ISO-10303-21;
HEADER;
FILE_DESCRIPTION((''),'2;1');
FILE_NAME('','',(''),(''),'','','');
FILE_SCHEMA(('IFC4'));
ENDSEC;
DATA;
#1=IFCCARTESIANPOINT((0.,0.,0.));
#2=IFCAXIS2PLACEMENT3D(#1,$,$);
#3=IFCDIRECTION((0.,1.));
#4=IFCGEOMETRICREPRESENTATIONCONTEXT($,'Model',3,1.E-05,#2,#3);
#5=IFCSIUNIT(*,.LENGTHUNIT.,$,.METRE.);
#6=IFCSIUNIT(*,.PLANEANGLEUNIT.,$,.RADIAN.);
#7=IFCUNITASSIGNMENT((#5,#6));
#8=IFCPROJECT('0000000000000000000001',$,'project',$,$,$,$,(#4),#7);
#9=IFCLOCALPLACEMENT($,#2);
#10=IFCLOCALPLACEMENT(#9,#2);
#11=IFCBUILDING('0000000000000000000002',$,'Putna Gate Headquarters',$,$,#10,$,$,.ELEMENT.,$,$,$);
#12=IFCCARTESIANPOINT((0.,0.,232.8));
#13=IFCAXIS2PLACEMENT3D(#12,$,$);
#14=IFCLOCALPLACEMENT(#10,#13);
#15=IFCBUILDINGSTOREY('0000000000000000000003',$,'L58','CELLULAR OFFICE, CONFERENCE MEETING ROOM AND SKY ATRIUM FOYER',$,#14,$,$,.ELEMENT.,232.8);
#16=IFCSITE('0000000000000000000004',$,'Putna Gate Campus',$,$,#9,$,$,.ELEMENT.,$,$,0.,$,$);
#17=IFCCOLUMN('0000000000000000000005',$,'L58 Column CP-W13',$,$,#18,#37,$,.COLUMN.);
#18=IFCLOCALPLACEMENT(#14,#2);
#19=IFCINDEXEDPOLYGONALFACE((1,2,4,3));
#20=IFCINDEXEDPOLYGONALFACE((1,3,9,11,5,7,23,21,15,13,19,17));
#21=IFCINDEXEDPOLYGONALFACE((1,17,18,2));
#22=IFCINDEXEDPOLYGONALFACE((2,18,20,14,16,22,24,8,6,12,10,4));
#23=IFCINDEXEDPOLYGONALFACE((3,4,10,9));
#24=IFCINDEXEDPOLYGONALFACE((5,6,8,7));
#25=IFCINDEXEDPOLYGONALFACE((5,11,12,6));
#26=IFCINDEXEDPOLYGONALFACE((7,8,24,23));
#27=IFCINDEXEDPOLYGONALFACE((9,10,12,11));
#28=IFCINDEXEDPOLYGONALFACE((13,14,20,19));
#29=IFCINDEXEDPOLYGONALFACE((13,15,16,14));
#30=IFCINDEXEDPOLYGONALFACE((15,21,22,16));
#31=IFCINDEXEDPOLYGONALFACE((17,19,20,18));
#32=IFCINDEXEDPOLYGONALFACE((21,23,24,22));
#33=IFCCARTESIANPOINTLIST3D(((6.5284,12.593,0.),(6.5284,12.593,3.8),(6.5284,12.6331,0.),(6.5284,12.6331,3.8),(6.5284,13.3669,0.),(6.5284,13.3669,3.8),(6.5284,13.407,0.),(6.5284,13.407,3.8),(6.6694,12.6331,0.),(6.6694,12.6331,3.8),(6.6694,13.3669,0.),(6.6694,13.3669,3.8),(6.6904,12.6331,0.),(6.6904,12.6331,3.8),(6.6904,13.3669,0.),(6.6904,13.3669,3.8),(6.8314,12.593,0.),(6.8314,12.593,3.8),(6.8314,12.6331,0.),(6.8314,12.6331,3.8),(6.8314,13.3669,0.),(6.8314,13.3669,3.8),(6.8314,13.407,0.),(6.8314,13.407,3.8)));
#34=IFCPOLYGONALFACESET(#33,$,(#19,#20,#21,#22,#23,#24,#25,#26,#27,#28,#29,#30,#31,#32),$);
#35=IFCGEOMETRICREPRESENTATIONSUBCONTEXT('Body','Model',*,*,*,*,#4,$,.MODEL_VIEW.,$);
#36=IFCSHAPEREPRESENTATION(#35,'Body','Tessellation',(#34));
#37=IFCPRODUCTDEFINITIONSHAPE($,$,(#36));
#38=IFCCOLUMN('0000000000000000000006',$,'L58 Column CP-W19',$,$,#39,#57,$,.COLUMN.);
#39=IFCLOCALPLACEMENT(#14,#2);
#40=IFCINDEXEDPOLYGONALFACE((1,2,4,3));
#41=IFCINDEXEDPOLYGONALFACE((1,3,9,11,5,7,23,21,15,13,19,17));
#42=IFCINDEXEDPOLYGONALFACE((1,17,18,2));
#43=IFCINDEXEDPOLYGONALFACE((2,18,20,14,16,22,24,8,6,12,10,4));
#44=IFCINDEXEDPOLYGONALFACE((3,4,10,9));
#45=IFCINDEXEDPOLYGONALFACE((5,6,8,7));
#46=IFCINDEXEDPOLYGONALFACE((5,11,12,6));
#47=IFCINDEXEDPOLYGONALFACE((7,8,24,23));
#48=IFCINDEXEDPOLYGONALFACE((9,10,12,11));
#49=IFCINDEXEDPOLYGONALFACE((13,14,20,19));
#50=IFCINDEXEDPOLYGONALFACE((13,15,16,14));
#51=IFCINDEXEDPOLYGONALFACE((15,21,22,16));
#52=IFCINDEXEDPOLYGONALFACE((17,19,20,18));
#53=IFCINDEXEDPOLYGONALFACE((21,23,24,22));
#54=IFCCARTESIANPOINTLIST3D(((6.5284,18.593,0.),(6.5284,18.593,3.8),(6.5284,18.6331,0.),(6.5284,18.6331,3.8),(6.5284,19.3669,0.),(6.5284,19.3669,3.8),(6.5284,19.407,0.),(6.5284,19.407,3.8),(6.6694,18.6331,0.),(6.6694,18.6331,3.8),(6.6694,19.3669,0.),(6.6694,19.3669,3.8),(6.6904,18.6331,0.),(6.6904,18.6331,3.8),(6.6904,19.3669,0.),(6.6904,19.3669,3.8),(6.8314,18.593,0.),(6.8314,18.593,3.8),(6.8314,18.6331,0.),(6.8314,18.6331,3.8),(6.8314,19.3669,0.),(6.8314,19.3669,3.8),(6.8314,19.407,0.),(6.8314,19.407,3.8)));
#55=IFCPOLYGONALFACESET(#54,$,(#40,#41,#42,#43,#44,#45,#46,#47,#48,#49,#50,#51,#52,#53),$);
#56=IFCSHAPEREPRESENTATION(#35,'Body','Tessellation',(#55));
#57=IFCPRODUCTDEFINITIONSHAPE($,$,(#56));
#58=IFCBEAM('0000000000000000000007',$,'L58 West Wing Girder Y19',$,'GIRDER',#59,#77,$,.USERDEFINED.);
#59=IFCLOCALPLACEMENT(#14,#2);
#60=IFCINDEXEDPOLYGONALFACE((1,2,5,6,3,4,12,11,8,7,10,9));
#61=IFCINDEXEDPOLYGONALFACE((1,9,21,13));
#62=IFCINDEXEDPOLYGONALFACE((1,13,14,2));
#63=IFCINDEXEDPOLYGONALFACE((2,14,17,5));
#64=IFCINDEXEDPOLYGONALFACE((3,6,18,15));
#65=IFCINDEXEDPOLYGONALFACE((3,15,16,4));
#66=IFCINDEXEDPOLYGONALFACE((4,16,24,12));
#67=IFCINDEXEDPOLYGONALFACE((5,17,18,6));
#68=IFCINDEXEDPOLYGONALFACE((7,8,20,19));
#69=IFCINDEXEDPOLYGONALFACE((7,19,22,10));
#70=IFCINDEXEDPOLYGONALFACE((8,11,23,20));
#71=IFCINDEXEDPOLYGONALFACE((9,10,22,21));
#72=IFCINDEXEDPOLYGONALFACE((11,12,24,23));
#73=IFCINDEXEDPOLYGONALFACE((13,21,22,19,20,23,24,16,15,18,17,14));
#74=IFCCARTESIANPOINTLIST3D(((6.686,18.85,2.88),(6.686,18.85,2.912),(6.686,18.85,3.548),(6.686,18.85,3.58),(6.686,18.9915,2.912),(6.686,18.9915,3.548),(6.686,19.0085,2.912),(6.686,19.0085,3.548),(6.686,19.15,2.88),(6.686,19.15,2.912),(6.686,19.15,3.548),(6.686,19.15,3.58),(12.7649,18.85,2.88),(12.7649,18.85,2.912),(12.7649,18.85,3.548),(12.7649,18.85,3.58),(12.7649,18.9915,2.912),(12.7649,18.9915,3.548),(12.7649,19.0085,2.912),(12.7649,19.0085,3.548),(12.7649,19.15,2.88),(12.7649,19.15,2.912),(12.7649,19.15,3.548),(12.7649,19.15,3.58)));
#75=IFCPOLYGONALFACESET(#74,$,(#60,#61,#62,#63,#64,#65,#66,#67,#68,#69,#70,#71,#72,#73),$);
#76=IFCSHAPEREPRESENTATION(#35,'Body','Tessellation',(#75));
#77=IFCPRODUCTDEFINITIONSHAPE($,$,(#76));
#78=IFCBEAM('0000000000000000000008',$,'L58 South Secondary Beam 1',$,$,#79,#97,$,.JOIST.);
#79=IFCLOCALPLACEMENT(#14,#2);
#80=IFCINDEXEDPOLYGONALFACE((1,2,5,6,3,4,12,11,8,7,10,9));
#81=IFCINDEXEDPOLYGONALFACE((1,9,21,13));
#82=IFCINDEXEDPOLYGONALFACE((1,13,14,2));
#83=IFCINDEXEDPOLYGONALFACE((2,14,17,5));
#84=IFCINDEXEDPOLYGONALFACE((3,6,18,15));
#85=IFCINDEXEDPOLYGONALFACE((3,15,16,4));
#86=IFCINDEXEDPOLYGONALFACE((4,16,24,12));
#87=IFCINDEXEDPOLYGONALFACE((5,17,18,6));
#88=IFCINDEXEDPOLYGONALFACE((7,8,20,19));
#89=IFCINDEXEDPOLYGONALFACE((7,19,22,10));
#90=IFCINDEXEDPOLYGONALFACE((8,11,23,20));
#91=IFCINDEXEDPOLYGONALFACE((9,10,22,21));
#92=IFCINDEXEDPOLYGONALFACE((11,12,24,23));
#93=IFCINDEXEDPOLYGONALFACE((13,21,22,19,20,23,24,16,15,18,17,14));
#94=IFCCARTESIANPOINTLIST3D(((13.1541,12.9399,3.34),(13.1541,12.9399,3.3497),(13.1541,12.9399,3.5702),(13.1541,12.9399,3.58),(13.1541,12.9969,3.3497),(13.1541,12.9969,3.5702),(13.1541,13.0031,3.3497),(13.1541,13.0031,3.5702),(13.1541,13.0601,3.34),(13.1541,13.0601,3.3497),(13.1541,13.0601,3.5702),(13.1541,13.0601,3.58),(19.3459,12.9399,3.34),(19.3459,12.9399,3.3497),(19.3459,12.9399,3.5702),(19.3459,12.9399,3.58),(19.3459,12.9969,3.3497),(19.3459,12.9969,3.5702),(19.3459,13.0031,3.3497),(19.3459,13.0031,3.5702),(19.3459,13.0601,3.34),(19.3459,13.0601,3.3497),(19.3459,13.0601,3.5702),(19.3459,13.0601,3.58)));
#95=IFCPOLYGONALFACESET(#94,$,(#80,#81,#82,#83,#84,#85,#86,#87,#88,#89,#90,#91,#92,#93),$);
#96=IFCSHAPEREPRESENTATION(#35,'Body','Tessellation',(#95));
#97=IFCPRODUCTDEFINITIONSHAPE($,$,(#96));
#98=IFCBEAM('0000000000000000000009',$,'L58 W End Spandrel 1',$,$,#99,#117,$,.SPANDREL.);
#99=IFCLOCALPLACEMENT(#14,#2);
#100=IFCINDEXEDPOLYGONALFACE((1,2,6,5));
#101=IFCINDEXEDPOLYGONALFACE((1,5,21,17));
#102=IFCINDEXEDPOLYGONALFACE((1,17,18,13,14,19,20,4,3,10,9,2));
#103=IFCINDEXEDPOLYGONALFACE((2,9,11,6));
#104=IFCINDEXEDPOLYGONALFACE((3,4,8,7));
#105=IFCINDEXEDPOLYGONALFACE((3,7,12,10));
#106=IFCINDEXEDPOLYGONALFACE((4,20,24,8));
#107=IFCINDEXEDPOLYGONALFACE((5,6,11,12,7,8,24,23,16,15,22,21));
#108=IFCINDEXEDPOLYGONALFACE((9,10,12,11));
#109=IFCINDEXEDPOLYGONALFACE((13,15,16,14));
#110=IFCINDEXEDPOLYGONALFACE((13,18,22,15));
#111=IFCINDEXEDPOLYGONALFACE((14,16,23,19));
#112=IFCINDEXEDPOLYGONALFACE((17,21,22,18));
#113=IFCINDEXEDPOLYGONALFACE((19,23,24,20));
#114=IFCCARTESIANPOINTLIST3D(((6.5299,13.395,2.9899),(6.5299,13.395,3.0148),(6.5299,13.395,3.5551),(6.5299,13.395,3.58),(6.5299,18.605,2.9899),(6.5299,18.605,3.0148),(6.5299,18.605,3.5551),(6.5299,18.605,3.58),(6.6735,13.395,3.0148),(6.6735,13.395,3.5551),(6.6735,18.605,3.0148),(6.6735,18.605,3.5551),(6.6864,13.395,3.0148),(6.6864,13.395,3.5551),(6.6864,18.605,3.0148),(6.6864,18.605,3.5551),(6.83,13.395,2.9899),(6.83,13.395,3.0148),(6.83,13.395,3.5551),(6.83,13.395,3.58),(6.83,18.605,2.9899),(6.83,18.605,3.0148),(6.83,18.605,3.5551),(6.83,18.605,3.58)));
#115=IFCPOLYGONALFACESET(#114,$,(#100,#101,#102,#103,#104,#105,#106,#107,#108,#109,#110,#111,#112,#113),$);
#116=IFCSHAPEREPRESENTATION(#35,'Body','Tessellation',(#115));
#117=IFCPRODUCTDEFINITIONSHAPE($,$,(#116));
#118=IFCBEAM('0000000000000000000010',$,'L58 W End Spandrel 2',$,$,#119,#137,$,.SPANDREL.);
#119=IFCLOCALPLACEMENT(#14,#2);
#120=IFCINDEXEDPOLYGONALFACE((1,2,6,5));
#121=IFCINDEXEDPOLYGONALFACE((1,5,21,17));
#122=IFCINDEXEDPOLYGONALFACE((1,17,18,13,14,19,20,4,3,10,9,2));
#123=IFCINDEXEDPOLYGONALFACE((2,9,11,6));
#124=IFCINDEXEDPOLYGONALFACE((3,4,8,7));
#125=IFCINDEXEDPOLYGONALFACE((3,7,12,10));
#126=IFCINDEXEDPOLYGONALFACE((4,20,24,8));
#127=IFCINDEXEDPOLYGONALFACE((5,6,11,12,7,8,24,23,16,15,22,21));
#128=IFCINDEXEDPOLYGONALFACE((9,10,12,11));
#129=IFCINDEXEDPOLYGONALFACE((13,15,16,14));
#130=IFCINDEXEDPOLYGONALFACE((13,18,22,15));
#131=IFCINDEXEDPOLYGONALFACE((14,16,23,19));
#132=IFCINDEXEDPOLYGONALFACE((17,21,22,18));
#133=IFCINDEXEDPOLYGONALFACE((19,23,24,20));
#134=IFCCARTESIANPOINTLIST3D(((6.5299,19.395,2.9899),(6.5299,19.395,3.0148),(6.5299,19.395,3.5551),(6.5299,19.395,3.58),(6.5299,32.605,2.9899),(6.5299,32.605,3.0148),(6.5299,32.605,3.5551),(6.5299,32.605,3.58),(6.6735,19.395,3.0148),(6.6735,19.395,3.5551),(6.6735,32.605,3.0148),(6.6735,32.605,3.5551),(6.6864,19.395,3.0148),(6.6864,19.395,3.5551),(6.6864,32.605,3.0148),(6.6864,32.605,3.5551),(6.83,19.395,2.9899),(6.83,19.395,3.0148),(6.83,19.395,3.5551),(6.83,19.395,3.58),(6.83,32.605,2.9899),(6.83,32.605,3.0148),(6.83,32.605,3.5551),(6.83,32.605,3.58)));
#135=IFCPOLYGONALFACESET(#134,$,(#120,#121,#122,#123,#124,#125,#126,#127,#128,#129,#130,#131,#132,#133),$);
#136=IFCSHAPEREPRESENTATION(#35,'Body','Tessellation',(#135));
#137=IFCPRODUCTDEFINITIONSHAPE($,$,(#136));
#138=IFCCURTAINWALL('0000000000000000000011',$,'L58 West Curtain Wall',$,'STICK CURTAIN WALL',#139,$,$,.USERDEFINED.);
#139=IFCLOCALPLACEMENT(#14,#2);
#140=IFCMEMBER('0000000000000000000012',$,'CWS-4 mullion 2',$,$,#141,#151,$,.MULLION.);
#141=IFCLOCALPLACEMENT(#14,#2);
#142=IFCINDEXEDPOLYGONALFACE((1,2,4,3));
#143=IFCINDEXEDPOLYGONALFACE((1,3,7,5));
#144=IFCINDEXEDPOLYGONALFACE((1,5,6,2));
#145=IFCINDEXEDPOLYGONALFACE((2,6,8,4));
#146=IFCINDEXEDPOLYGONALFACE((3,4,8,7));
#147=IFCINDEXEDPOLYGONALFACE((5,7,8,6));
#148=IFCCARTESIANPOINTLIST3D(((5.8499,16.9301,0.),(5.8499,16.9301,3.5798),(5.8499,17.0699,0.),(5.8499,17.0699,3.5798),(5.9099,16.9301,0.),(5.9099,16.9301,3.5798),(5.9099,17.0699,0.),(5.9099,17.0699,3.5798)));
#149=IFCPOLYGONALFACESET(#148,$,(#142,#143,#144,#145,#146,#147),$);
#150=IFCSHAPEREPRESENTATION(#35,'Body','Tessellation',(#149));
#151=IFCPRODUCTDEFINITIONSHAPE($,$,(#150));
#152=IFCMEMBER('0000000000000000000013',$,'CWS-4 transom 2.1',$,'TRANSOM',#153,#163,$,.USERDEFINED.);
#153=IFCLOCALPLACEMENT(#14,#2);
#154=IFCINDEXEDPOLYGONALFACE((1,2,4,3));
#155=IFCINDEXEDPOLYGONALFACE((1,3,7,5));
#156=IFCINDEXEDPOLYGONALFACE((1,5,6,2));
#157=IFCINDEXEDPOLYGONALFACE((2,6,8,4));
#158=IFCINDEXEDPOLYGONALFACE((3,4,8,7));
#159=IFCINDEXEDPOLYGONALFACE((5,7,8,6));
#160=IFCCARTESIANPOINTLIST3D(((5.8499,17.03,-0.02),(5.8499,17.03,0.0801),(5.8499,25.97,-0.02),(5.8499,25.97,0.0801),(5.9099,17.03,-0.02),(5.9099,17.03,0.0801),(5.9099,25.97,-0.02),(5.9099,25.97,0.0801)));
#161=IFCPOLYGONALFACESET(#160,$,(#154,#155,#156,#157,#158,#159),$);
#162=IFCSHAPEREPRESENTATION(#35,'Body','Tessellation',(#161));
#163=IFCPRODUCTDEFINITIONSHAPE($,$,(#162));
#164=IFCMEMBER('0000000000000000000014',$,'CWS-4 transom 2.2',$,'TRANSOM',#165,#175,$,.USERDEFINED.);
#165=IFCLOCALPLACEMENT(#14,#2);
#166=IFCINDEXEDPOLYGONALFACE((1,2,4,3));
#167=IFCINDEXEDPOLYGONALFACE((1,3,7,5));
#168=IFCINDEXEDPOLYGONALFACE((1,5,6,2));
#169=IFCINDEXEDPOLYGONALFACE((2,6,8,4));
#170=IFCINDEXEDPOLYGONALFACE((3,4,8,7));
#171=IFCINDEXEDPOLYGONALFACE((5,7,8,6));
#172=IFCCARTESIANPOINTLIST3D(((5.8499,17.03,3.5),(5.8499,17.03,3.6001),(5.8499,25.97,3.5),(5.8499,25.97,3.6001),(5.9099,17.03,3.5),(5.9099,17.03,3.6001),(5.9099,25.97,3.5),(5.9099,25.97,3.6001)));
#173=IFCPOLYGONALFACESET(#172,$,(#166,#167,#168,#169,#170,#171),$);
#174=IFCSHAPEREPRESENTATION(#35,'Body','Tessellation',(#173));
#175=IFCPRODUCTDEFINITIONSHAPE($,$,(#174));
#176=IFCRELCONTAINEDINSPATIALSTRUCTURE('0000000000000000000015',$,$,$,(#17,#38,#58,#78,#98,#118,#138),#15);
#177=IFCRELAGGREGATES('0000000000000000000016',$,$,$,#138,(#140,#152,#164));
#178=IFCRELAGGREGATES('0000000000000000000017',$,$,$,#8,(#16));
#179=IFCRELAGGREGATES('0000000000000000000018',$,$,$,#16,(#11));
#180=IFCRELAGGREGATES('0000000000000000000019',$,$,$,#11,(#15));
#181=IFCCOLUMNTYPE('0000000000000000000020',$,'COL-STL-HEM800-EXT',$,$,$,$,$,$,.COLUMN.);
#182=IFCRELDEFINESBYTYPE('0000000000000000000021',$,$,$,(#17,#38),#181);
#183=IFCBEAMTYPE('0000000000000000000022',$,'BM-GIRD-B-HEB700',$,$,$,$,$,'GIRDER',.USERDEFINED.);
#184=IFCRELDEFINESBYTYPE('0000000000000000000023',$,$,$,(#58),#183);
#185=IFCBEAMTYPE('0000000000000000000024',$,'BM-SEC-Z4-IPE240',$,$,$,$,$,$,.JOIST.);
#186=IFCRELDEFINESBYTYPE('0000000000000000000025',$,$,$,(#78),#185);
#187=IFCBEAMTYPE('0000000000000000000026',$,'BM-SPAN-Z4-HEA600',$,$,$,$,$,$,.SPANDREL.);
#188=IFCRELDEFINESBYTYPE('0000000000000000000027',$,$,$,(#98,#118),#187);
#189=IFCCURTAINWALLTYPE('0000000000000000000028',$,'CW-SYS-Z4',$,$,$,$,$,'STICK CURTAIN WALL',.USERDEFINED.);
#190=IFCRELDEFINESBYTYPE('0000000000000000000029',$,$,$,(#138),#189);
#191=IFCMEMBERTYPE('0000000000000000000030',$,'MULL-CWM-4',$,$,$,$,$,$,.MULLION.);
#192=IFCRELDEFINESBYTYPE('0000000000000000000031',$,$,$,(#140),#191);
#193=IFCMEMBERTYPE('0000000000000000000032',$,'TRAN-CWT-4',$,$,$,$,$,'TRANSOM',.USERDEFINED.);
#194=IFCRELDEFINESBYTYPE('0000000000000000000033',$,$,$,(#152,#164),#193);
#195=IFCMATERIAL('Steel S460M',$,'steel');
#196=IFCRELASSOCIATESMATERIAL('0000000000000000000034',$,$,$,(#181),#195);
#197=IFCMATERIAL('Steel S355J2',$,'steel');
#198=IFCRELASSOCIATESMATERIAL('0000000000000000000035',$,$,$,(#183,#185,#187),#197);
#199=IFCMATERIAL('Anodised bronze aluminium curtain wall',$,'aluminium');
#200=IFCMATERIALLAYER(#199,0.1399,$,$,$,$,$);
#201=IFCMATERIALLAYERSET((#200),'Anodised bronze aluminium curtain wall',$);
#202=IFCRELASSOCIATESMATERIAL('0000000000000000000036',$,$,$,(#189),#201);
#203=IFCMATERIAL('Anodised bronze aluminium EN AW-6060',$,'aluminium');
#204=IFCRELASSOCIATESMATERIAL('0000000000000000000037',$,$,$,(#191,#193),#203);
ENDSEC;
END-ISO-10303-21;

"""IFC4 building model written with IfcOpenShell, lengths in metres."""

from ifc_helpers import new_model, si_unit, direction, frame, origin, origin_2d, place, context, subcontext, project, spatial, rectangle, i_section, extrude, material, layer, layer_set, material_profile, profile_set, type_object, element, aggregate, save


model = new_model("IFC4")

# Units and contexts
model_context = context("Model", 3, precision=1e-05, world=origin(), true_north=direction((0.0, 1.0)))
body_context = subcontext(model_context, "Body", "Model", "MODEL_VIEW")
ifc_project = project(units=[si_unit("LENGTHUNIT", "METRE"), si_unit("PLANEANGLEUNIT", "RADIAN")], contexts=[model_context])

# Site, building, storey
site_placement = place(None, origin())
site = spatial("IfcSite", under=ifc_project, at=site_placement, Name="Putna Gate Campus", CompositionType="ELEMENT", RefElevation=0.0)
building_placement = place(site_placement, origin())
building = spatial("IfcBuilding", under=site, at=building_placement, Name="Putna Gate Headquarters", CompositionType="ELEMENT")
storey_placement = place(building_placement, frame((0.0, 0.0, 232.8)))
storey = spatial("IfcBuildingStorey", under=building, at=storey_placement, Name="L58", Description="CELLULAR OFFICE, CONFERENCE MEETING ROOM AND SKY ATRIUM FOYER", CompositionType="ELEMENT", Elevation=232.8)

# Columns
ifc_material_1 = material(Name="Steel S460M", Category="steel")
ifc_material_profile_1 = material_profile(ifc_material_1, i_section(OverallWidth=0.303, OverallDepth=0.814, WebThickness=0.021, FlangeThickness=0.04, at=origin_2d()), Name="Steel S460M")
ifc_profile_set_1 = profile_set([ifc_material_profile_1], Name="Steel S460M")
column_type = type_object("IfcColumnType", Name="COL-STL-HEM800-EXT", PredefinedType="COLUMN", material=ifc_profile_set_1)
for number, where, z_axis, x_axis, name in (
    (1, (6.6799, 13.0, 0.0), (0.0, 0.0, 1.0), (1.0, 0.0, 0.0), "L58 Column CP-W13"),
    (2, (6.6799, 19.0, 0.0), (0.0, 0.0, 1.0), (1.0, 0.0, 0.0), "L58 Column CP-W19"),
):
    element("IfcColumn", number, at=place(storey_placement, frame(where, z_axis=z_axis, x_axis=x_axis)), inside=storey, type_object=column_type, Name=name, PredefinedType="COLUMN", context=body_context, shape_type="SweptSolid", body=[
        extrude(i_section(OverallWidth=0.303, OverallDepth=0.814, WebThickness=0.021, FlangeThickness=0.04, at=origin_2d()), origin(), (0.0, 0.0, 1.0), 3.8),
    ])

# Beams
ifc_material_2 = material(Name="Steel S355J2", Category="steel")
ifc_material_profile_2 = material_profile(ifc_material_2, i_section(OverallWidth=0.3, OverallDepth=0.7, WebThickness=0.0171, FlangeThickness=0.032, at=origin_2d()), Name="Steel S355J2")
ifc_profile_set_2 = profile_set([ifc_material_profile_2], Name="Steel S355J2")
beam_type_1 = type_object("IfcBeamType", Name="BM-GIRD-B-HEB700", ElementType="GIRDER", PredefinedType="USERDEFINED", material=ifc_profile_set_2)
beam_1_placement = place(storey_placement, frame((6.686, 19.0, 3.23), z_axis=(1.0, 0.0, 0.0), x_axis=(0.0, 1.0, 0.0)))
element("IfcBeam", 3, at=beam_1_placement, inside=storey, type_object=beam_type_1, Name="L58 West Wing Girder Y19", ObjectType="GIRDER", PredefinedType="USERDEFINED", context=body_context, shape_type="SweptSolid", body=[
    extrude(i_section(OverallWidth=0.3, OverallDepth=0.7, WebThickness=0.0171, FlangeThickness=0.032, at=origin_2d()), origin(), (0.0, 0.0, 1.0), 6.0789),
])
ifc_material_profile_3 = material_profile(ifc_material_2, i_section(OverallWidth=0.1201, OverallDepth=0.24, WebThickness=0.0061, FlangeThickness=0.0098, at=origin_2d()), Name="Steel S355J2")
ifc_profile_set_3 = profile_set([ifc_material_profile_3], Name="Steel S355J2")
beam_type_2 = type_object("IfcBeamType", Name="BM-SEC-Z4-IPE240", PredefinedType="JOIST", material=ifc_profile_set_3)
beam_2_placement = place(storey_placement, frame((13.1541, 13.0, 3.46), z_axis=(1.0, 0.0, 0.0), x_axis=(0.0, 1.0, 0.0)))
element("IfcBeam", 4, at=beam_2_placement, inside=storey, type_object=beam_type_2, Name="L58 South Secondary Beam 1", PredefinedType="JOIST", context=body_context, shape_type="SweptSolid", body=[
    extrude(i_section(OverallWidth=0.1201, OverallDepth=0.24, WebThickness=0.0061, FlangeThickness=0.0098, at=origin_2d()), origin(), (0.0, 0.0, 1.0), 6.1919),
])
ifc_material_profile_4 = material_profile(ifc_material_2, i_section(OverallWidth=0.3, OverallDepth=0.5901, WebThickness=0.0129, FlangeThickness=0.0249, at=origin_2d()), Name="Steel S355J2")
ifc_profile_set_4 = profile_set([ifc_material_profile_4], Name="Steel S355J2")
beam_type_3 = type_object("IfcBeamType", Name="BM-SPAN-Z4-HEA600", PredefinedType="SPANDREL", material=ifc_profile_set_4)
beam_3_placement = place(storey_placement, frame((6.6799, 13.395, 3.2849), z_axis=(0.0, 1.0, 0.0), x_axis=(-1.0, 0.0, 0.0)))
element("IfcBeam", 5, at=beam_3_placement, inside=storey, type_object=beam_type_3, Name="L58 W End Spandrel 1", PredefinedType="SPANDREL", context=body_context, shape_type="SweptSolid", body=[
    extrude(i_section(OverallWidth=0.3, OverallDepth=0.5901, WebThickness=0.0129, FlangeThickness=0.0249, at=origin_2d()), origin(), (0.0, 0.0, 1.0), 5.21),
])
beam_4_placement = place(storey_placement, frame((6.6799, 19.395, 3.2849), z_axis=(0.0, 1.0, 0.0), x_axis=(-1.0, 0.0, 0.0)))
element("IfcBeam", 6, at=beam_4_placement, inside=storey, type_object=beam_type_3, Name="L58 W End Spandrel 2", PredefinedType="SPANDREL", context=body_context, shape_type="SweptSolid", body=[
    extrude(i_section(OverallWidth=0.3, OverallDepth=0.5901, WebThickness=0.0129, FlangeThickness=0.0249, at=origin_2d()), origin(), (0.0, 0.0, 1.0), 13.21),
])

# Curtain wall, members
ifc_material_3 = material(Name="Anodised bronze aluminium curtain wall", Category="aluminium")
ifc_layer_1 = layer(ifc_material_3, 0.1399)
ifc_layer_set_1 = layer_set([ifc_layer_1], Name="Anodised bronze aluminium curtain wall")
curtain_wall_type = type_object("IfcCurtainWallType", Name="CW-SYS-Z4", ElementType="STICK CURTAIN WALL", PredefinedType="USERDEFINED", material=ifc_layer_set_1)
curtain_wall_placement = place(storey_placement, origin())
curtain_wall = element("IfcCurtainWall", 7, at=curtain_wall_placement, inside=storey, type_object=curtain_wall_type, Name="L58 West Curtain Wall", ObjectType="STICK CURTAIN WALL", PredefinedType="USERDEFINED")
ifc_material_4 = material(Name="Anodised bronze aluminium EN AW-6060", Category="aluminium")
ifc_material_profile_5 = material_profile(ifc_material_4, rectangle(XDim=0.0601, YDim=0.1399, at=origin_2d()), Name="Anodised bronze aluminium EN AW-6060")
ifc_profile_set_5 = profile_set([ifc_material_profile_5], Name="Anodised bronze aluminium EN AW-6060")
member_type_1 = type_object("IfcMemberType", Name="MULL-CWM-4", PredefinedType="MULLION", material=ifc_profile_set_5)
member_1_placement = place(storey_placement, frame((5.8799, 17.0, 0.0), z_axis=(0.0, 0.0, 1.0), x_axis=(-1.0, 0.0, 0.0)))
member_1 = element("IfcMember", 8, at=member_1_placement, type_object=member_type_1, Name="CWS-4 mullion 2", PredefinedType="MULLION", context=body_context, shape_type="SweptSolid", body=[
    extrude(rectangle(XDim=0.0601, YDim=0.1399, at=origin_2d()), origin(), (0.0, 0.0, 1.0), 3.5798),
])
ifc_material_profile_6 = material_profile(ifc_material_4, rectangle(XDim=0.0601, YDim=0.1001, at=origin_2d()), Name="Anodised bronze aluminium EN AW-6060")
ifc_profile_set_6 = profile_set([ifc_material_profile_6], Name="Anodised bronze aluminium EN AW-6060")
member_type_2 = type_object("IfcMemberType", Name="TRAN-CWT-4", ElementType="TRANSOM", PredefinedType="USERDEFINED", material=ifc_profile_set_6)
member_2_placement = place(storey_placement, frame((5.8799, 17.03, 0.03), z_axis=(0.0, 1.0, 0.0), x_axis=(-1.0, 0.0, 0.0)))
member_2 = element("IfcMember", 9, at=member_2_placement, type_object=member_type_2, Name="CWS-4 transom 2.1", ObjectType="TRANSOM", PredefinedType="USERDEFINED", context=body_context, shape_type="SweptSolid", body=[
    extrude(rectangle(XDim=0.0601, YDim=0.1001, at=origin_2d()), origin(), (0.0, 0.0, 1.0), 8.9399),
])
member_3_placement = place(storey_placement, frame((5.8799, 17.03, 3.55), z_axis=(0.0, 1.0, 0.0), x_axis=(-1.0, 0.0, 0.0)))
member_3 = element("IfcMember", 10, at=member_3_placement, type_object=member_type_2, Name="CWS-4 transom 2.2", ObjectType="TRANSOM", PredefinedType="USERDEFINED", context=body_context, shape_type="SweptSolid", body=[
    extrude(rectangle(XDim=0.0601, YDim=0.1001, at=origin_2d()), origin(), (0.0, 0.0, 1.0), 8.9399),
])
aggregate(curtain_wall, [member_1, member_2, member_3])

save(model, "model.ifc")
